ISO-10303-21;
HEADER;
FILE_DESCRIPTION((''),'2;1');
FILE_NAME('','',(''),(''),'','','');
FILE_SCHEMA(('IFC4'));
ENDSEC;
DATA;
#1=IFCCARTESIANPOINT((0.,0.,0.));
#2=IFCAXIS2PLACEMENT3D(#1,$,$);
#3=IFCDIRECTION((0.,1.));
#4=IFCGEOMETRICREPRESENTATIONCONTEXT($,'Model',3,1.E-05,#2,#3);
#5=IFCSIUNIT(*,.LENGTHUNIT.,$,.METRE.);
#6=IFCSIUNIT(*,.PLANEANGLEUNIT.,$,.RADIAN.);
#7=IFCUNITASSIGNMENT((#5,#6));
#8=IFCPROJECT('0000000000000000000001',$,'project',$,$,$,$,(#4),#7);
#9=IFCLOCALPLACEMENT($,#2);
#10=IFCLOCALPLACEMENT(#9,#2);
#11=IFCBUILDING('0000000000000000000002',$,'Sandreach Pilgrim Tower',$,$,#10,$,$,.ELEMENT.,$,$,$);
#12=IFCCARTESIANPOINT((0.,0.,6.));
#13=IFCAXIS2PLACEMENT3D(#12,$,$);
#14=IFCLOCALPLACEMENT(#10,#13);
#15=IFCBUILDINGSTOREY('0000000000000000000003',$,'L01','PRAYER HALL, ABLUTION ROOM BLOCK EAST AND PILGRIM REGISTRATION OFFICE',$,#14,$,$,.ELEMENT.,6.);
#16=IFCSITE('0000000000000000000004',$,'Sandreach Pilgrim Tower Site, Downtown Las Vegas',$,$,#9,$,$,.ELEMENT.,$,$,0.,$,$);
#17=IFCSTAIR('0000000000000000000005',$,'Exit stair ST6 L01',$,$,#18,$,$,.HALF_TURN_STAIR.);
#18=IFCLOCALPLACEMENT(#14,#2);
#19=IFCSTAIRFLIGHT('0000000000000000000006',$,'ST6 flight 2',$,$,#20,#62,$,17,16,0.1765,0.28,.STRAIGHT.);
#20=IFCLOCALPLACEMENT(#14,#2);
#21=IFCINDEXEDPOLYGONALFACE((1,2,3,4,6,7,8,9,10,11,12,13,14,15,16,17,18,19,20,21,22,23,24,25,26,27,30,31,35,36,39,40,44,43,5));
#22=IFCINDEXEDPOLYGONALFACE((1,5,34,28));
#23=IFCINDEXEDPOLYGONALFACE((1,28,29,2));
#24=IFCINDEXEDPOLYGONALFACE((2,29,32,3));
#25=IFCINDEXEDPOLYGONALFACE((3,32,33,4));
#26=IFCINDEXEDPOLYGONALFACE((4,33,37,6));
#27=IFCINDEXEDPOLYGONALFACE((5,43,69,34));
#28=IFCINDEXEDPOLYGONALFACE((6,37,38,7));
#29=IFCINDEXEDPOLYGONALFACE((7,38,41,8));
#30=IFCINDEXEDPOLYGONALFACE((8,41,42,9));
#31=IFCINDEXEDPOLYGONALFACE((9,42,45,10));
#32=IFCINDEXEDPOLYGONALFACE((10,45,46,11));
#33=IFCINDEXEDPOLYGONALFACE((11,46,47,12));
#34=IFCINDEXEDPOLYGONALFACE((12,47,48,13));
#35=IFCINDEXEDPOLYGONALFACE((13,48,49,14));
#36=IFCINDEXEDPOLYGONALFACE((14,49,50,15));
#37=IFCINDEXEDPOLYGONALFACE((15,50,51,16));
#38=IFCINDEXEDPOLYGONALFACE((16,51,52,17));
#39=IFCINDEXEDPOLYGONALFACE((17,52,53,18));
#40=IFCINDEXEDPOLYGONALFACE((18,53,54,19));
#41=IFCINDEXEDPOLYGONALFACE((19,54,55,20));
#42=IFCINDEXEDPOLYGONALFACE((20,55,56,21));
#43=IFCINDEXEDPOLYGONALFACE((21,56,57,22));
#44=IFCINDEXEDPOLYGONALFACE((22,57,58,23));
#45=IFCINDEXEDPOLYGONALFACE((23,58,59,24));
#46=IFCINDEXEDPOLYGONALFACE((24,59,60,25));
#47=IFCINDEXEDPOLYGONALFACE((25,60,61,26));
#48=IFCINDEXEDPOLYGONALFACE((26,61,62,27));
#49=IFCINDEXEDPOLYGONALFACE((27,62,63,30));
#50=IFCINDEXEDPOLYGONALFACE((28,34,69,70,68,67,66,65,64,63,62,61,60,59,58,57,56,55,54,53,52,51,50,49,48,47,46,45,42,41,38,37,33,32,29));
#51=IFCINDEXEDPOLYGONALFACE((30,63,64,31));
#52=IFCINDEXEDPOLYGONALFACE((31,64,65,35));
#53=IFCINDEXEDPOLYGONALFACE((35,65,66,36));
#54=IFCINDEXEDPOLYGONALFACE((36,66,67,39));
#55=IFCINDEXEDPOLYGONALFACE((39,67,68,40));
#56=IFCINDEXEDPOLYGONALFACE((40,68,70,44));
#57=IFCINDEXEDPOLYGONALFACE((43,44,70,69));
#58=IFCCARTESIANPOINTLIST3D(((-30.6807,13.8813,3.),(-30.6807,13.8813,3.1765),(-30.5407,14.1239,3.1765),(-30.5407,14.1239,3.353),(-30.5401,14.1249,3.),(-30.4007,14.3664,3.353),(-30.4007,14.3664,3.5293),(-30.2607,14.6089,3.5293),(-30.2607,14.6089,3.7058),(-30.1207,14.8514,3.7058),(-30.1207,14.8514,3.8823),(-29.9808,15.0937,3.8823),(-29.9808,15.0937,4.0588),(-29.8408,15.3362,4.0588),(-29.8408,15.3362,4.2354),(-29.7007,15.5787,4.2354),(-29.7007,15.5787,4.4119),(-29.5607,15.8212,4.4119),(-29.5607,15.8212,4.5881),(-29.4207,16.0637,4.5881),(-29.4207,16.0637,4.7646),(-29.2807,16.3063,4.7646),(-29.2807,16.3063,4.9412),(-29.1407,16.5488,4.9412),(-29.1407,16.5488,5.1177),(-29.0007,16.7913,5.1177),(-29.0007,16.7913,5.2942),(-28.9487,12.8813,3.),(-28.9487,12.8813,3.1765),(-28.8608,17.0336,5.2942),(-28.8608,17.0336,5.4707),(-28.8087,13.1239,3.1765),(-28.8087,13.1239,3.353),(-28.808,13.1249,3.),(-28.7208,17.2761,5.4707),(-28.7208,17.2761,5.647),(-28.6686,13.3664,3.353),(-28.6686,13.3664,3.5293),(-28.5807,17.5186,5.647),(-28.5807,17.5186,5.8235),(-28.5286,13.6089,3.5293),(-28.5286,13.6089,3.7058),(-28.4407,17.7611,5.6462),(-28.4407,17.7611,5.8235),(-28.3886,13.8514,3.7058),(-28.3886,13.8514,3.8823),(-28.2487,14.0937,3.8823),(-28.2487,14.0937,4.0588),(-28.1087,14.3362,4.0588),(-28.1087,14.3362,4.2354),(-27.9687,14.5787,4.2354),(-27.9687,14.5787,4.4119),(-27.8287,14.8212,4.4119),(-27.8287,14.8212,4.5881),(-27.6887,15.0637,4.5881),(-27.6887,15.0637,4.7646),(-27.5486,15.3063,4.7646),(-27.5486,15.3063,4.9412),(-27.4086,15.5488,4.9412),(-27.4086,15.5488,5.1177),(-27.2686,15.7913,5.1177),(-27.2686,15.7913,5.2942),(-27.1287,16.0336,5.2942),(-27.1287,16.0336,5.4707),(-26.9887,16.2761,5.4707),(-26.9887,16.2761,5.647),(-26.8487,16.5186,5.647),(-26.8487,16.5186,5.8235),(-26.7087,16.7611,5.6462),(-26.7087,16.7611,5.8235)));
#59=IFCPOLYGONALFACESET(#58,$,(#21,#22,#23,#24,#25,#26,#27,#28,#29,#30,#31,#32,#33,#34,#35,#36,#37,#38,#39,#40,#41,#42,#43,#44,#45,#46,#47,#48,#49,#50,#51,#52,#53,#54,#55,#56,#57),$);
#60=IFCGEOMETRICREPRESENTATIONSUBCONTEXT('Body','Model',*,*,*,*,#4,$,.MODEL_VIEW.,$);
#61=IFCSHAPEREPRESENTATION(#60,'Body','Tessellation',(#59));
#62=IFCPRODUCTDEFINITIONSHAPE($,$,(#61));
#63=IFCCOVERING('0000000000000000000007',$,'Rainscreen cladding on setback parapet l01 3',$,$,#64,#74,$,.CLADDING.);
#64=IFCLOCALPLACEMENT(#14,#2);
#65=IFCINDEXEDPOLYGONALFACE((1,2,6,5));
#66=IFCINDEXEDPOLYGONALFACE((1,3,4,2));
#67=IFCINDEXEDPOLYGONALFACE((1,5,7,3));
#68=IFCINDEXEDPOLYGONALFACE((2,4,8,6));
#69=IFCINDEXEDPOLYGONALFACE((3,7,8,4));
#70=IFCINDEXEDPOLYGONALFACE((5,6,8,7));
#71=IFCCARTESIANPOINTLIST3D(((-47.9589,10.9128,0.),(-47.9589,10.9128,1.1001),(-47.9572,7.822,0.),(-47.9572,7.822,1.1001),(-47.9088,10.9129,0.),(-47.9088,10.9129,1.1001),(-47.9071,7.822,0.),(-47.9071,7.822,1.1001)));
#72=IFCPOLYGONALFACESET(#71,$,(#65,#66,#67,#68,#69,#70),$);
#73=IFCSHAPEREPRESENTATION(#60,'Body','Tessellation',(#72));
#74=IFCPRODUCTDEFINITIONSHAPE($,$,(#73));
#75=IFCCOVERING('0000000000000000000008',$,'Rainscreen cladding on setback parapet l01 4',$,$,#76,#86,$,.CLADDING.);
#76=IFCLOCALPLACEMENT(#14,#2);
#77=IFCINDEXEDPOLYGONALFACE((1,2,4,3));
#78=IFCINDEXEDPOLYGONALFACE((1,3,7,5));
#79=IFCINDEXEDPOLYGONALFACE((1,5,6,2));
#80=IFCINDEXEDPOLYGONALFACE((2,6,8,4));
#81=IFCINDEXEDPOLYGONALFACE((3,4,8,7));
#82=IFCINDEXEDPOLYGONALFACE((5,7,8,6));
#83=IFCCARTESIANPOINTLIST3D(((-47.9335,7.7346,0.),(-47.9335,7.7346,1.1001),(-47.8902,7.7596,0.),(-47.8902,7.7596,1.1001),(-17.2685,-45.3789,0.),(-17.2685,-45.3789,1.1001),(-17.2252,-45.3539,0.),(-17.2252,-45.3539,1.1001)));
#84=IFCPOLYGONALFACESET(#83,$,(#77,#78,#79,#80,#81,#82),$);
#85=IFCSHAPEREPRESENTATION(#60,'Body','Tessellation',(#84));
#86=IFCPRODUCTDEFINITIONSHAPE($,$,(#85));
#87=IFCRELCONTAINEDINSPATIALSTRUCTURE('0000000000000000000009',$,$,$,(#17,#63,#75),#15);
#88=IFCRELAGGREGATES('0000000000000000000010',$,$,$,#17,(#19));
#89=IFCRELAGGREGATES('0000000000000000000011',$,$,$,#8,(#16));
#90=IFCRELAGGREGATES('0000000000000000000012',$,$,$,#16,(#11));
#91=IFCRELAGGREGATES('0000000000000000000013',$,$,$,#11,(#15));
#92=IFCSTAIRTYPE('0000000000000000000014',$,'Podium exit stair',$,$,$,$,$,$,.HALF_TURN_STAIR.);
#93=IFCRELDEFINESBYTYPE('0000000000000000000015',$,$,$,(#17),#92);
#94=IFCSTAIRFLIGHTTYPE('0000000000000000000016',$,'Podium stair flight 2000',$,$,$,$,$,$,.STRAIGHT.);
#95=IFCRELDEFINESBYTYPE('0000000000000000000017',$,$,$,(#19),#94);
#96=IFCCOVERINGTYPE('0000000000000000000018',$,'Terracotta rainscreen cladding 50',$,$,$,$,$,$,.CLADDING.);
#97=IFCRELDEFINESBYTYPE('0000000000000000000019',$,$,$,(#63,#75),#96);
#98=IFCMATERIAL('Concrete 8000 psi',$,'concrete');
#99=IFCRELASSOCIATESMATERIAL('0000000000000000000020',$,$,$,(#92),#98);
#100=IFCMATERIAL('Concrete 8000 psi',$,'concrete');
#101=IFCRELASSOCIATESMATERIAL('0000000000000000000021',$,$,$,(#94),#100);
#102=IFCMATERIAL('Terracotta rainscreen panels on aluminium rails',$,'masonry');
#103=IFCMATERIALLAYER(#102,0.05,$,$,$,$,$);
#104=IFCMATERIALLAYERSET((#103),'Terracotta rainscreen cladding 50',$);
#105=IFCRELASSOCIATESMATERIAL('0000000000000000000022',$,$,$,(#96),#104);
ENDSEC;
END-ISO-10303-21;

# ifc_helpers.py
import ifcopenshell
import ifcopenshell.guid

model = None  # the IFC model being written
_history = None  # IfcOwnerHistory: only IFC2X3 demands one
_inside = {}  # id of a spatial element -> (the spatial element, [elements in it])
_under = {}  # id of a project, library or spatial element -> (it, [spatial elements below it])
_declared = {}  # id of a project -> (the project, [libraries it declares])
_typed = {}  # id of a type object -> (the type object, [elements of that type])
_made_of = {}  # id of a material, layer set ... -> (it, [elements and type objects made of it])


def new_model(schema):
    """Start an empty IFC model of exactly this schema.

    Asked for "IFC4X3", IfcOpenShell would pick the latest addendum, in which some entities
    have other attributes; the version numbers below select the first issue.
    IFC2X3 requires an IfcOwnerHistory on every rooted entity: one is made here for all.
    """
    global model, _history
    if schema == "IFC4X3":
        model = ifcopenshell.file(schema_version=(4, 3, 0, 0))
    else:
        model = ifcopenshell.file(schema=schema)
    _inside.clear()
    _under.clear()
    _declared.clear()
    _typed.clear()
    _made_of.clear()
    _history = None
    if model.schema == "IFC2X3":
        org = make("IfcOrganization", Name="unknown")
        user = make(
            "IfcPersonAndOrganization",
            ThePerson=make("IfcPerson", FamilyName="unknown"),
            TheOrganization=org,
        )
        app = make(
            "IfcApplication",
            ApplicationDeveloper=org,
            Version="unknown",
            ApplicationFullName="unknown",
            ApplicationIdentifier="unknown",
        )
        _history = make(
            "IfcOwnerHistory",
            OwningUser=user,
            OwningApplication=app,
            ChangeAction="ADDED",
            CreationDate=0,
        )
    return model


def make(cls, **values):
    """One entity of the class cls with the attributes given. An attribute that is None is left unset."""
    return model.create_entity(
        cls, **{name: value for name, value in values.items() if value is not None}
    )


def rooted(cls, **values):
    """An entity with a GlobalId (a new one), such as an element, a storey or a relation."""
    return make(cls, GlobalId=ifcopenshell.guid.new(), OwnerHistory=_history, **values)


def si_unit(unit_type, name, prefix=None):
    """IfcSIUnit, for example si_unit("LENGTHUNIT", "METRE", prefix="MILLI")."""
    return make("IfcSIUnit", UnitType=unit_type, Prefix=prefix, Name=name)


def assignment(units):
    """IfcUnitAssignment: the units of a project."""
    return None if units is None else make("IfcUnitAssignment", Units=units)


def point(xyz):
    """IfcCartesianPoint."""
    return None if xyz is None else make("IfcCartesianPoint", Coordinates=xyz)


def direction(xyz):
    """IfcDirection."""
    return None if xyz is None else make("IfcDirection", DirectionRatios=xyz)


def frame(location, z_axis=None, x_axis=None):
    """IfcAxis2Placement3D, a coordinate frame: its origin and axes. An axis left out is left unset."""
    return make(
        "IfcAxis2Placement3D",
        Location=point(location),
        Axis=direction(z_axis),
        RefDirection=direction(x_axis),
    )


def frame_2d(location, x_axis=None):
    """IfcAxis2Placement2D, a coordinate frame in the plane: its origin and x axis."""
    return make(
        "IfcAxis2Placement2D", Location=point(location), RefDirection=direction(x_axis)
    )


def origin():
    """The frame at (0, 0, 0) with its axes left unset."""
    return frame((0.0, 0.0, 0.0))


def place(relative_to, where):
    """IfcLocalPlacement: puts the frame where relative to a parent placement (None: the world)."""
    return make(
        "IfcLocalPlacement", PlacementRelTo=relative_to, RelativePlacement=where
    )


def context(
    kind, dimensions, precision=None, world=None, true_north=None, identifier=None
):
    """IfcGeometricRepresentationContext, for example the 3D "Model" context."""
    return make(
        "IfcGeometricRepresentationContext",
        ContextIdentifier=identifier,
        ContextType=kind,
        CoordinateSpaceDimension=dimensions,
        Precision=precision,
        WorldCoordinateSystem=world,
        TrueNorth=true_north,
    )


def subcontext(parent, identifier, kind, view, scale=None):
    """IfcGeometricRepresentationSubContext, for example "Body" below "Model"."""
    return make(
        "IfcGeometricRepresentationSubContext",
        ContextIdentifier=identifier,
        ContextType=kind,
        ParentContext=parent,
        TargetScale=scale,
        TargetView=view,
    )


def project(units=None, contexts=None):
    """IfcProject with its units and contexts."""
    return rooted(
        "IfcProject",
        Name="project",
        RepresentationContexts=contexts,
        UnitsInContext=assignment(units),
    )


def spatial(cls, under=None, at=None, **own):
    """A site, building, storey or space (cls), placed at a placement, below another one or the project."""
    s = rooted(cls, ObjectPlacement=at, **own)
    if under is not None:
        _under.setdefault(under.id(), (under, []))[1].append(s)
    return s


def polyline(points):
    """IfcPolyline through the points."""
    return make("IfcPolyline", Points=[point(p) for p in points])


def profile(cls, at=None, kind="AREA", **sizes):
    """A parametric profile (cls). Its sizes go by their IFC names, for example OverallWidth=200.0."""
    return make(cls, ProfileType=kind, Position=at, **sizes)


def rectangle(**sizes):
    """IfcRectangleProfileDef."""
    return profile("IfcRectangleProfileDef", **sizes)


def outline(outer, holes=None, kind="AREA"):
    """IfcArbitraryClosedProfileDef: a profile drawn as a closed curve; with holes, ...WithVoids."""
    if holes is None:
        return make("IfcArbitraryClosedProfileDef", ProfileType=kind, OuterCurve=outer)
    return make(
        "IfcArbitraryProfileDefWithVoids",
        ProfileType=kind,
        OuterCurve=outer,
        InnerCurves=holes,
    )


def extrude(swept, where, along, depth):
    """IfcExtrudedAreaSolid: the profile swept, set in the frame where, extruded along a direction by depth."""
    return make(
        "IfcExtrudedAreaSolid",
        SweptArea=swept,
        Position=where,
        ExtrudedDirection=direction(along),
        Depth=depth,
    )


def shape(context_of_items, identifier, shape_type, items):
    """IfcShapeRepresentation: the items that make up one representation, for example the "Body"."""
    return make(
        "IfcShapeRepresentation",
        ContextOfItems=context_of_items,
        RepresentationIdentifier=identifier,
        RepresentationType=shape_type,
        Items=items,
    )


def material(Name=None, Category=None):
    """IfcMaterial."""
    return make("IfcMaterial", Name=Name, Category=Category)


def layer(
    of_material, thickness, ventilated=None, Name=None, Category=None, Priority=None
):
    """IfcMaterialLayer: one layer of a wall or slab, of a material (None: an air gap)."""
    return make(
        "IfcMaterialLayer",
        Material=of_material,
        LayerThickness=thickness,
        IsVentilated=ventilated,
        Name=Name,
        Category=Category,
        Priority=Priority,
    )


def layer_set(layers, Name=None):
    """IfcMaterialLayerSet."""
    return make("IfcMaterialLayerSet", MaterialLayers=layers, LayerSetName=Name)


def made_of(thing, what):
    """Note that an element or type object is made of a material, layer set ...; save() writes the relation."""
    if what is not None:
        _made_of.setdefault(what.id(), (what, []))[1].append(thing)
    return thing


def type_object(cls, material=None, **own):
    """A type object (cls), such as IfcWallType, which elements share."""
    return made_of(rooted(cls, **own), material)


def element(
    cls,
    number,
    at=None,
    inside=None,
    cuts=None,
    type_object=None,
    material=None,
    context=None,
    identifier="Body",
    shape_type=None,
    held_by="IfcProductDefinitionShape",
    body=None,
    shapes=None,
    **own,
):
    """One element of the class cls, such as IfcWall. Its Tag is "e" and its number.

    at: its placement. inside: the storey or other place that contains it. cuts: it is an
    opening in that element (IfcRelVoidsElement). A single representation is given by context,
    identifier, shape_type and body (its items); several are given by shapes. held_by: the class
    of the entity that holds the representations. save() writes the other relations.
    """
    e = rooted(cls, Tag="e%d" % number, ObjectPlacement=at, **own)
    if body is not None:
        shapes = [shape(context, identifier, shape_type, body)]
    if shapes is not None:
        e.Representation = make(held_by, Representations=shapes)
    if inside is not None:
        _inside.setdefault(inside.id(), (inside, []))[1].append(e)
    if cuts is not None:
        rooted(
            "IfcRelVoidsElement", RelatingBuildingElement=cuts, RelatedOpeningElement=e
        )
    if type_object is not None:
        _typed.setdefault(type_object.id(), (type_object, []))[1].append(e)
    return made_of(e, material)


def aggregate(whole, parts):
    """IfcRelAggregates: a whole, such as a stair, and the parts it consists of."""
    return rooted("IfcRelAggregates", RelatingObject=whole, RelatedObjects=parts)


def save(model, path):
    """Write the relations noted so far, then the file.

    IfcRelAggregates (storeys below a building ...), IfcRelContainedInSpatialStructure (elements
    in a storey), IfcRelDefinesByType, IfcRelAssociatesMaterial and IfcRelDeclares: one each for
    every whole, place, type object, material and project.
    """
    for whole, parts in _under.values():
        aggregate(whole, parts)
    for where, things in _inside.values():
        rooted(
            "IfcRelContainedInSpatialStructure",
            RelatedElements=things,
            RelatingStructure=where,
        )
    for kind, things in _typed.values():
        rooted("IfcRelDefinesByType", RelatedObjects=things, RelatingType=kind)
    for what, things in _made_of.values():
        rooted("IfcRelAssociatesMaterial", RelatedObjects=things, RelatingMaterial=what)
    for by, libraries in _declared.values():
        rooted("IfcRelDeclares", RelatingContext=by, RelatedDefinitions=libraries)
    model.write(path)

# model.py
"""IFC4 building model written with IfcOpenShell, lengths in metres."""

from ifc_helpers import new_model, si_unit, direction, frame, frame_2d, origin, place, context, subcontext, project, spatial, polyline, rectangle, outline, extrude, material, layer, layer_set, type_object, element, aggregate, save


model = new_model("IFC4")

# Units and contexts
model_context = context("Model", 3, precision=1e-05, world=origin(), true_north=direction((0.0, 1.0)))
body_context = subcontext(model_context, "Body", "Model", "MODEL_VIEW")
ifc_project = project(units=[si_unit("LENGTHUNIT", "METRE"), si_unit("PLANEANGLEUNIT", "RADIAN")], contexts=[model_context])

# Site, building, storey
site_placement = place(None, origin())
site = spatial("IfcSite", under=ifc_project, at=site_placement, Name="Sandreach Pilgrim Tower Site, Downtown Las Vegas", CompositionType="ELEMENT", RefElevation=0.0)
building_placement = place(site_placement, origin())
building = spatial("IfcBuilding", under=site, at=building_placement, Name="Sandreach Pilgrim Tower", CompositionType="ELEMENT")
storey_placement = place(building_placement, frame((0.0, 0.0, 6.0)))
storey = spatial("IfcBuildingStorey", under=building, at=storey_placement, Name="L01", Description="PRAYER HALL, ABLUTION ROOM BLOCK EAST AND PILGRIM REGISTRATION OFFICE", CompositionType="ELEMENT", Elevation=6.0)

# Stair, stair flight
ifc_material_1 = material(Name="Concrete 8000 psi", Category="concrete")
stair_type = type_object("IfcStairType", Name="Podium exit stair", PredefinedType="HALF_TURN_STAIR", material=ifc_material_1)
stair_placement = place(storey_placement, origin())
stair = element("IfcStair", 1, at=stair_placement, inside=storey, type_object=stair_type, Name="Exit stair ST6 L01", PredefinedType="HALF_TURN_STAIR")
ifc_material_2 = material(Name="Concrete 8000 psi", Category="concrete")
stair_flight_type = type_object("IfcStairFlightType", Name="Podium stair flight 2000", PredefinedType="STRAIGHT", material=ifc_material_2)
stair_flight_placement = place(storey_placement, frame((-29.8147, 13.3813, 3.0), z_axis=(0.0, 0.0, 1.0), x_axis=(0.5, 0.866025, 0.0)))
stair_flight = element("IfcStairFlight", 2, at=stair_flight_placement, type_object=stair_flight_type, Name="ST6 flight 2", NumberOfRisers=17, NumberOfTreads=16, PredefinedType="STRAIGHT", RiserHeight=0.1765, TreadLength=0.28, context=body_context, shape_type="SweptSolid", body=[
    extrude(outline(polyline([(0.0, 0.0), (0.0, 0.1765), (0.28, 0.1765), (0.28, 0.353), (0.5601, 0.353), (0.5601, 0.5293), (0.8401, 0.5293), (0.8401, 0.7058), (1.1201, 0.7058), (1.1201, 0.8823), (1.3999, 0.8823), (1.3999, 1.0588), (1.6799, 1.0588), (1.6799, 1.2354), (1.96, 1.2354), (1.96, 1.4119), (2.24, 1.4119), (2.24, 1.5881), (2.52, 1.5881), (2.52, 1.7646), (2.8, 1.7646), (2.8, 1.9412), (3.0801, 1.9412), (3.0801, 2.1177), (3.3601, 2.1177), (3.3601, 2.2942), (3.6399, 2.2942), (3.6399, 2.4707), (3.9199, 2.4707), (3.9199, 2.647), (4.2, 2.647), (4.2, 2.8235), (4.48, 2.8235), (4.48, 3.0), (4.48, 2.6462), (0.2812, 0.0), (0.0, 0.0)])), frame((0.0, 1.0, 0.0), z_axis=(0.0, -1.0, 0.0), x_axis=(1.0, 0.0, 0.0)), (0.0, 0.0, 1.0), 2.0),
])
aggregate(stair, [stair_flight])

# Coverings
ifc_material_3 = material(Name="Terracotta rainscreen panels on aluminium rails", Category="masonry")
ifc_layer_1 = layer(ifc_material_3, 0.05)
ifc_layer_set_1 = layer_set([ifc_layer_1], Name="Terracotta rainscreen cladding 50")
covering_type = type_object("IfcCoveringType", Name="Terracotta rainscreen cladding 50", PredefinedType="CLADDING", material=ifc_layer_set_1)
covering_1_placement = place(storey_placement, frame((-47.9338, 10.9128, 0.0), z_axis=(0.0, 0.0, 1.0), x_axis=(0.000553, -1.0, 0.0)))
element("IfcCovering", 3, at=covering_1_placement, inside=storey, type_object=covering_type, Name="Rainscreen cladding on setback parapet l01 3", PredefinedType="CLADDING", context=body_context, shape_type="SweptSolid", body=[
    extrude(rectangle(XDim=3.0908, YDim=0.05, at=frame_2d((1.5454, 0.0))), origin(), (0.0, 0.0, 1.0), 1.1001),
])
covering_2_placement = place(storey_placement, frame((-47.9119, 7.7471, 0.0), z_axis=(0.0, 0.0, 1.0), x_axis=(0.499999, -0.866026, 0.0)))
element("IfcCovering", 4, at=covering_2_placement, inside=storey, type_object=covering_type, Name="Rainscreen cladding on setback parapet l01 4", PredefinedType="CLADDING", context=body_context, shape_type="SweptSolid", body=[
    extrude(rectangle(XDim=61.3301, YDim=0.05, at=frame_2d((30.665, 0.0))), origin(), (0.0, 0.0, 1.0), 1.1001),
])

save(model, "model.ifc")
